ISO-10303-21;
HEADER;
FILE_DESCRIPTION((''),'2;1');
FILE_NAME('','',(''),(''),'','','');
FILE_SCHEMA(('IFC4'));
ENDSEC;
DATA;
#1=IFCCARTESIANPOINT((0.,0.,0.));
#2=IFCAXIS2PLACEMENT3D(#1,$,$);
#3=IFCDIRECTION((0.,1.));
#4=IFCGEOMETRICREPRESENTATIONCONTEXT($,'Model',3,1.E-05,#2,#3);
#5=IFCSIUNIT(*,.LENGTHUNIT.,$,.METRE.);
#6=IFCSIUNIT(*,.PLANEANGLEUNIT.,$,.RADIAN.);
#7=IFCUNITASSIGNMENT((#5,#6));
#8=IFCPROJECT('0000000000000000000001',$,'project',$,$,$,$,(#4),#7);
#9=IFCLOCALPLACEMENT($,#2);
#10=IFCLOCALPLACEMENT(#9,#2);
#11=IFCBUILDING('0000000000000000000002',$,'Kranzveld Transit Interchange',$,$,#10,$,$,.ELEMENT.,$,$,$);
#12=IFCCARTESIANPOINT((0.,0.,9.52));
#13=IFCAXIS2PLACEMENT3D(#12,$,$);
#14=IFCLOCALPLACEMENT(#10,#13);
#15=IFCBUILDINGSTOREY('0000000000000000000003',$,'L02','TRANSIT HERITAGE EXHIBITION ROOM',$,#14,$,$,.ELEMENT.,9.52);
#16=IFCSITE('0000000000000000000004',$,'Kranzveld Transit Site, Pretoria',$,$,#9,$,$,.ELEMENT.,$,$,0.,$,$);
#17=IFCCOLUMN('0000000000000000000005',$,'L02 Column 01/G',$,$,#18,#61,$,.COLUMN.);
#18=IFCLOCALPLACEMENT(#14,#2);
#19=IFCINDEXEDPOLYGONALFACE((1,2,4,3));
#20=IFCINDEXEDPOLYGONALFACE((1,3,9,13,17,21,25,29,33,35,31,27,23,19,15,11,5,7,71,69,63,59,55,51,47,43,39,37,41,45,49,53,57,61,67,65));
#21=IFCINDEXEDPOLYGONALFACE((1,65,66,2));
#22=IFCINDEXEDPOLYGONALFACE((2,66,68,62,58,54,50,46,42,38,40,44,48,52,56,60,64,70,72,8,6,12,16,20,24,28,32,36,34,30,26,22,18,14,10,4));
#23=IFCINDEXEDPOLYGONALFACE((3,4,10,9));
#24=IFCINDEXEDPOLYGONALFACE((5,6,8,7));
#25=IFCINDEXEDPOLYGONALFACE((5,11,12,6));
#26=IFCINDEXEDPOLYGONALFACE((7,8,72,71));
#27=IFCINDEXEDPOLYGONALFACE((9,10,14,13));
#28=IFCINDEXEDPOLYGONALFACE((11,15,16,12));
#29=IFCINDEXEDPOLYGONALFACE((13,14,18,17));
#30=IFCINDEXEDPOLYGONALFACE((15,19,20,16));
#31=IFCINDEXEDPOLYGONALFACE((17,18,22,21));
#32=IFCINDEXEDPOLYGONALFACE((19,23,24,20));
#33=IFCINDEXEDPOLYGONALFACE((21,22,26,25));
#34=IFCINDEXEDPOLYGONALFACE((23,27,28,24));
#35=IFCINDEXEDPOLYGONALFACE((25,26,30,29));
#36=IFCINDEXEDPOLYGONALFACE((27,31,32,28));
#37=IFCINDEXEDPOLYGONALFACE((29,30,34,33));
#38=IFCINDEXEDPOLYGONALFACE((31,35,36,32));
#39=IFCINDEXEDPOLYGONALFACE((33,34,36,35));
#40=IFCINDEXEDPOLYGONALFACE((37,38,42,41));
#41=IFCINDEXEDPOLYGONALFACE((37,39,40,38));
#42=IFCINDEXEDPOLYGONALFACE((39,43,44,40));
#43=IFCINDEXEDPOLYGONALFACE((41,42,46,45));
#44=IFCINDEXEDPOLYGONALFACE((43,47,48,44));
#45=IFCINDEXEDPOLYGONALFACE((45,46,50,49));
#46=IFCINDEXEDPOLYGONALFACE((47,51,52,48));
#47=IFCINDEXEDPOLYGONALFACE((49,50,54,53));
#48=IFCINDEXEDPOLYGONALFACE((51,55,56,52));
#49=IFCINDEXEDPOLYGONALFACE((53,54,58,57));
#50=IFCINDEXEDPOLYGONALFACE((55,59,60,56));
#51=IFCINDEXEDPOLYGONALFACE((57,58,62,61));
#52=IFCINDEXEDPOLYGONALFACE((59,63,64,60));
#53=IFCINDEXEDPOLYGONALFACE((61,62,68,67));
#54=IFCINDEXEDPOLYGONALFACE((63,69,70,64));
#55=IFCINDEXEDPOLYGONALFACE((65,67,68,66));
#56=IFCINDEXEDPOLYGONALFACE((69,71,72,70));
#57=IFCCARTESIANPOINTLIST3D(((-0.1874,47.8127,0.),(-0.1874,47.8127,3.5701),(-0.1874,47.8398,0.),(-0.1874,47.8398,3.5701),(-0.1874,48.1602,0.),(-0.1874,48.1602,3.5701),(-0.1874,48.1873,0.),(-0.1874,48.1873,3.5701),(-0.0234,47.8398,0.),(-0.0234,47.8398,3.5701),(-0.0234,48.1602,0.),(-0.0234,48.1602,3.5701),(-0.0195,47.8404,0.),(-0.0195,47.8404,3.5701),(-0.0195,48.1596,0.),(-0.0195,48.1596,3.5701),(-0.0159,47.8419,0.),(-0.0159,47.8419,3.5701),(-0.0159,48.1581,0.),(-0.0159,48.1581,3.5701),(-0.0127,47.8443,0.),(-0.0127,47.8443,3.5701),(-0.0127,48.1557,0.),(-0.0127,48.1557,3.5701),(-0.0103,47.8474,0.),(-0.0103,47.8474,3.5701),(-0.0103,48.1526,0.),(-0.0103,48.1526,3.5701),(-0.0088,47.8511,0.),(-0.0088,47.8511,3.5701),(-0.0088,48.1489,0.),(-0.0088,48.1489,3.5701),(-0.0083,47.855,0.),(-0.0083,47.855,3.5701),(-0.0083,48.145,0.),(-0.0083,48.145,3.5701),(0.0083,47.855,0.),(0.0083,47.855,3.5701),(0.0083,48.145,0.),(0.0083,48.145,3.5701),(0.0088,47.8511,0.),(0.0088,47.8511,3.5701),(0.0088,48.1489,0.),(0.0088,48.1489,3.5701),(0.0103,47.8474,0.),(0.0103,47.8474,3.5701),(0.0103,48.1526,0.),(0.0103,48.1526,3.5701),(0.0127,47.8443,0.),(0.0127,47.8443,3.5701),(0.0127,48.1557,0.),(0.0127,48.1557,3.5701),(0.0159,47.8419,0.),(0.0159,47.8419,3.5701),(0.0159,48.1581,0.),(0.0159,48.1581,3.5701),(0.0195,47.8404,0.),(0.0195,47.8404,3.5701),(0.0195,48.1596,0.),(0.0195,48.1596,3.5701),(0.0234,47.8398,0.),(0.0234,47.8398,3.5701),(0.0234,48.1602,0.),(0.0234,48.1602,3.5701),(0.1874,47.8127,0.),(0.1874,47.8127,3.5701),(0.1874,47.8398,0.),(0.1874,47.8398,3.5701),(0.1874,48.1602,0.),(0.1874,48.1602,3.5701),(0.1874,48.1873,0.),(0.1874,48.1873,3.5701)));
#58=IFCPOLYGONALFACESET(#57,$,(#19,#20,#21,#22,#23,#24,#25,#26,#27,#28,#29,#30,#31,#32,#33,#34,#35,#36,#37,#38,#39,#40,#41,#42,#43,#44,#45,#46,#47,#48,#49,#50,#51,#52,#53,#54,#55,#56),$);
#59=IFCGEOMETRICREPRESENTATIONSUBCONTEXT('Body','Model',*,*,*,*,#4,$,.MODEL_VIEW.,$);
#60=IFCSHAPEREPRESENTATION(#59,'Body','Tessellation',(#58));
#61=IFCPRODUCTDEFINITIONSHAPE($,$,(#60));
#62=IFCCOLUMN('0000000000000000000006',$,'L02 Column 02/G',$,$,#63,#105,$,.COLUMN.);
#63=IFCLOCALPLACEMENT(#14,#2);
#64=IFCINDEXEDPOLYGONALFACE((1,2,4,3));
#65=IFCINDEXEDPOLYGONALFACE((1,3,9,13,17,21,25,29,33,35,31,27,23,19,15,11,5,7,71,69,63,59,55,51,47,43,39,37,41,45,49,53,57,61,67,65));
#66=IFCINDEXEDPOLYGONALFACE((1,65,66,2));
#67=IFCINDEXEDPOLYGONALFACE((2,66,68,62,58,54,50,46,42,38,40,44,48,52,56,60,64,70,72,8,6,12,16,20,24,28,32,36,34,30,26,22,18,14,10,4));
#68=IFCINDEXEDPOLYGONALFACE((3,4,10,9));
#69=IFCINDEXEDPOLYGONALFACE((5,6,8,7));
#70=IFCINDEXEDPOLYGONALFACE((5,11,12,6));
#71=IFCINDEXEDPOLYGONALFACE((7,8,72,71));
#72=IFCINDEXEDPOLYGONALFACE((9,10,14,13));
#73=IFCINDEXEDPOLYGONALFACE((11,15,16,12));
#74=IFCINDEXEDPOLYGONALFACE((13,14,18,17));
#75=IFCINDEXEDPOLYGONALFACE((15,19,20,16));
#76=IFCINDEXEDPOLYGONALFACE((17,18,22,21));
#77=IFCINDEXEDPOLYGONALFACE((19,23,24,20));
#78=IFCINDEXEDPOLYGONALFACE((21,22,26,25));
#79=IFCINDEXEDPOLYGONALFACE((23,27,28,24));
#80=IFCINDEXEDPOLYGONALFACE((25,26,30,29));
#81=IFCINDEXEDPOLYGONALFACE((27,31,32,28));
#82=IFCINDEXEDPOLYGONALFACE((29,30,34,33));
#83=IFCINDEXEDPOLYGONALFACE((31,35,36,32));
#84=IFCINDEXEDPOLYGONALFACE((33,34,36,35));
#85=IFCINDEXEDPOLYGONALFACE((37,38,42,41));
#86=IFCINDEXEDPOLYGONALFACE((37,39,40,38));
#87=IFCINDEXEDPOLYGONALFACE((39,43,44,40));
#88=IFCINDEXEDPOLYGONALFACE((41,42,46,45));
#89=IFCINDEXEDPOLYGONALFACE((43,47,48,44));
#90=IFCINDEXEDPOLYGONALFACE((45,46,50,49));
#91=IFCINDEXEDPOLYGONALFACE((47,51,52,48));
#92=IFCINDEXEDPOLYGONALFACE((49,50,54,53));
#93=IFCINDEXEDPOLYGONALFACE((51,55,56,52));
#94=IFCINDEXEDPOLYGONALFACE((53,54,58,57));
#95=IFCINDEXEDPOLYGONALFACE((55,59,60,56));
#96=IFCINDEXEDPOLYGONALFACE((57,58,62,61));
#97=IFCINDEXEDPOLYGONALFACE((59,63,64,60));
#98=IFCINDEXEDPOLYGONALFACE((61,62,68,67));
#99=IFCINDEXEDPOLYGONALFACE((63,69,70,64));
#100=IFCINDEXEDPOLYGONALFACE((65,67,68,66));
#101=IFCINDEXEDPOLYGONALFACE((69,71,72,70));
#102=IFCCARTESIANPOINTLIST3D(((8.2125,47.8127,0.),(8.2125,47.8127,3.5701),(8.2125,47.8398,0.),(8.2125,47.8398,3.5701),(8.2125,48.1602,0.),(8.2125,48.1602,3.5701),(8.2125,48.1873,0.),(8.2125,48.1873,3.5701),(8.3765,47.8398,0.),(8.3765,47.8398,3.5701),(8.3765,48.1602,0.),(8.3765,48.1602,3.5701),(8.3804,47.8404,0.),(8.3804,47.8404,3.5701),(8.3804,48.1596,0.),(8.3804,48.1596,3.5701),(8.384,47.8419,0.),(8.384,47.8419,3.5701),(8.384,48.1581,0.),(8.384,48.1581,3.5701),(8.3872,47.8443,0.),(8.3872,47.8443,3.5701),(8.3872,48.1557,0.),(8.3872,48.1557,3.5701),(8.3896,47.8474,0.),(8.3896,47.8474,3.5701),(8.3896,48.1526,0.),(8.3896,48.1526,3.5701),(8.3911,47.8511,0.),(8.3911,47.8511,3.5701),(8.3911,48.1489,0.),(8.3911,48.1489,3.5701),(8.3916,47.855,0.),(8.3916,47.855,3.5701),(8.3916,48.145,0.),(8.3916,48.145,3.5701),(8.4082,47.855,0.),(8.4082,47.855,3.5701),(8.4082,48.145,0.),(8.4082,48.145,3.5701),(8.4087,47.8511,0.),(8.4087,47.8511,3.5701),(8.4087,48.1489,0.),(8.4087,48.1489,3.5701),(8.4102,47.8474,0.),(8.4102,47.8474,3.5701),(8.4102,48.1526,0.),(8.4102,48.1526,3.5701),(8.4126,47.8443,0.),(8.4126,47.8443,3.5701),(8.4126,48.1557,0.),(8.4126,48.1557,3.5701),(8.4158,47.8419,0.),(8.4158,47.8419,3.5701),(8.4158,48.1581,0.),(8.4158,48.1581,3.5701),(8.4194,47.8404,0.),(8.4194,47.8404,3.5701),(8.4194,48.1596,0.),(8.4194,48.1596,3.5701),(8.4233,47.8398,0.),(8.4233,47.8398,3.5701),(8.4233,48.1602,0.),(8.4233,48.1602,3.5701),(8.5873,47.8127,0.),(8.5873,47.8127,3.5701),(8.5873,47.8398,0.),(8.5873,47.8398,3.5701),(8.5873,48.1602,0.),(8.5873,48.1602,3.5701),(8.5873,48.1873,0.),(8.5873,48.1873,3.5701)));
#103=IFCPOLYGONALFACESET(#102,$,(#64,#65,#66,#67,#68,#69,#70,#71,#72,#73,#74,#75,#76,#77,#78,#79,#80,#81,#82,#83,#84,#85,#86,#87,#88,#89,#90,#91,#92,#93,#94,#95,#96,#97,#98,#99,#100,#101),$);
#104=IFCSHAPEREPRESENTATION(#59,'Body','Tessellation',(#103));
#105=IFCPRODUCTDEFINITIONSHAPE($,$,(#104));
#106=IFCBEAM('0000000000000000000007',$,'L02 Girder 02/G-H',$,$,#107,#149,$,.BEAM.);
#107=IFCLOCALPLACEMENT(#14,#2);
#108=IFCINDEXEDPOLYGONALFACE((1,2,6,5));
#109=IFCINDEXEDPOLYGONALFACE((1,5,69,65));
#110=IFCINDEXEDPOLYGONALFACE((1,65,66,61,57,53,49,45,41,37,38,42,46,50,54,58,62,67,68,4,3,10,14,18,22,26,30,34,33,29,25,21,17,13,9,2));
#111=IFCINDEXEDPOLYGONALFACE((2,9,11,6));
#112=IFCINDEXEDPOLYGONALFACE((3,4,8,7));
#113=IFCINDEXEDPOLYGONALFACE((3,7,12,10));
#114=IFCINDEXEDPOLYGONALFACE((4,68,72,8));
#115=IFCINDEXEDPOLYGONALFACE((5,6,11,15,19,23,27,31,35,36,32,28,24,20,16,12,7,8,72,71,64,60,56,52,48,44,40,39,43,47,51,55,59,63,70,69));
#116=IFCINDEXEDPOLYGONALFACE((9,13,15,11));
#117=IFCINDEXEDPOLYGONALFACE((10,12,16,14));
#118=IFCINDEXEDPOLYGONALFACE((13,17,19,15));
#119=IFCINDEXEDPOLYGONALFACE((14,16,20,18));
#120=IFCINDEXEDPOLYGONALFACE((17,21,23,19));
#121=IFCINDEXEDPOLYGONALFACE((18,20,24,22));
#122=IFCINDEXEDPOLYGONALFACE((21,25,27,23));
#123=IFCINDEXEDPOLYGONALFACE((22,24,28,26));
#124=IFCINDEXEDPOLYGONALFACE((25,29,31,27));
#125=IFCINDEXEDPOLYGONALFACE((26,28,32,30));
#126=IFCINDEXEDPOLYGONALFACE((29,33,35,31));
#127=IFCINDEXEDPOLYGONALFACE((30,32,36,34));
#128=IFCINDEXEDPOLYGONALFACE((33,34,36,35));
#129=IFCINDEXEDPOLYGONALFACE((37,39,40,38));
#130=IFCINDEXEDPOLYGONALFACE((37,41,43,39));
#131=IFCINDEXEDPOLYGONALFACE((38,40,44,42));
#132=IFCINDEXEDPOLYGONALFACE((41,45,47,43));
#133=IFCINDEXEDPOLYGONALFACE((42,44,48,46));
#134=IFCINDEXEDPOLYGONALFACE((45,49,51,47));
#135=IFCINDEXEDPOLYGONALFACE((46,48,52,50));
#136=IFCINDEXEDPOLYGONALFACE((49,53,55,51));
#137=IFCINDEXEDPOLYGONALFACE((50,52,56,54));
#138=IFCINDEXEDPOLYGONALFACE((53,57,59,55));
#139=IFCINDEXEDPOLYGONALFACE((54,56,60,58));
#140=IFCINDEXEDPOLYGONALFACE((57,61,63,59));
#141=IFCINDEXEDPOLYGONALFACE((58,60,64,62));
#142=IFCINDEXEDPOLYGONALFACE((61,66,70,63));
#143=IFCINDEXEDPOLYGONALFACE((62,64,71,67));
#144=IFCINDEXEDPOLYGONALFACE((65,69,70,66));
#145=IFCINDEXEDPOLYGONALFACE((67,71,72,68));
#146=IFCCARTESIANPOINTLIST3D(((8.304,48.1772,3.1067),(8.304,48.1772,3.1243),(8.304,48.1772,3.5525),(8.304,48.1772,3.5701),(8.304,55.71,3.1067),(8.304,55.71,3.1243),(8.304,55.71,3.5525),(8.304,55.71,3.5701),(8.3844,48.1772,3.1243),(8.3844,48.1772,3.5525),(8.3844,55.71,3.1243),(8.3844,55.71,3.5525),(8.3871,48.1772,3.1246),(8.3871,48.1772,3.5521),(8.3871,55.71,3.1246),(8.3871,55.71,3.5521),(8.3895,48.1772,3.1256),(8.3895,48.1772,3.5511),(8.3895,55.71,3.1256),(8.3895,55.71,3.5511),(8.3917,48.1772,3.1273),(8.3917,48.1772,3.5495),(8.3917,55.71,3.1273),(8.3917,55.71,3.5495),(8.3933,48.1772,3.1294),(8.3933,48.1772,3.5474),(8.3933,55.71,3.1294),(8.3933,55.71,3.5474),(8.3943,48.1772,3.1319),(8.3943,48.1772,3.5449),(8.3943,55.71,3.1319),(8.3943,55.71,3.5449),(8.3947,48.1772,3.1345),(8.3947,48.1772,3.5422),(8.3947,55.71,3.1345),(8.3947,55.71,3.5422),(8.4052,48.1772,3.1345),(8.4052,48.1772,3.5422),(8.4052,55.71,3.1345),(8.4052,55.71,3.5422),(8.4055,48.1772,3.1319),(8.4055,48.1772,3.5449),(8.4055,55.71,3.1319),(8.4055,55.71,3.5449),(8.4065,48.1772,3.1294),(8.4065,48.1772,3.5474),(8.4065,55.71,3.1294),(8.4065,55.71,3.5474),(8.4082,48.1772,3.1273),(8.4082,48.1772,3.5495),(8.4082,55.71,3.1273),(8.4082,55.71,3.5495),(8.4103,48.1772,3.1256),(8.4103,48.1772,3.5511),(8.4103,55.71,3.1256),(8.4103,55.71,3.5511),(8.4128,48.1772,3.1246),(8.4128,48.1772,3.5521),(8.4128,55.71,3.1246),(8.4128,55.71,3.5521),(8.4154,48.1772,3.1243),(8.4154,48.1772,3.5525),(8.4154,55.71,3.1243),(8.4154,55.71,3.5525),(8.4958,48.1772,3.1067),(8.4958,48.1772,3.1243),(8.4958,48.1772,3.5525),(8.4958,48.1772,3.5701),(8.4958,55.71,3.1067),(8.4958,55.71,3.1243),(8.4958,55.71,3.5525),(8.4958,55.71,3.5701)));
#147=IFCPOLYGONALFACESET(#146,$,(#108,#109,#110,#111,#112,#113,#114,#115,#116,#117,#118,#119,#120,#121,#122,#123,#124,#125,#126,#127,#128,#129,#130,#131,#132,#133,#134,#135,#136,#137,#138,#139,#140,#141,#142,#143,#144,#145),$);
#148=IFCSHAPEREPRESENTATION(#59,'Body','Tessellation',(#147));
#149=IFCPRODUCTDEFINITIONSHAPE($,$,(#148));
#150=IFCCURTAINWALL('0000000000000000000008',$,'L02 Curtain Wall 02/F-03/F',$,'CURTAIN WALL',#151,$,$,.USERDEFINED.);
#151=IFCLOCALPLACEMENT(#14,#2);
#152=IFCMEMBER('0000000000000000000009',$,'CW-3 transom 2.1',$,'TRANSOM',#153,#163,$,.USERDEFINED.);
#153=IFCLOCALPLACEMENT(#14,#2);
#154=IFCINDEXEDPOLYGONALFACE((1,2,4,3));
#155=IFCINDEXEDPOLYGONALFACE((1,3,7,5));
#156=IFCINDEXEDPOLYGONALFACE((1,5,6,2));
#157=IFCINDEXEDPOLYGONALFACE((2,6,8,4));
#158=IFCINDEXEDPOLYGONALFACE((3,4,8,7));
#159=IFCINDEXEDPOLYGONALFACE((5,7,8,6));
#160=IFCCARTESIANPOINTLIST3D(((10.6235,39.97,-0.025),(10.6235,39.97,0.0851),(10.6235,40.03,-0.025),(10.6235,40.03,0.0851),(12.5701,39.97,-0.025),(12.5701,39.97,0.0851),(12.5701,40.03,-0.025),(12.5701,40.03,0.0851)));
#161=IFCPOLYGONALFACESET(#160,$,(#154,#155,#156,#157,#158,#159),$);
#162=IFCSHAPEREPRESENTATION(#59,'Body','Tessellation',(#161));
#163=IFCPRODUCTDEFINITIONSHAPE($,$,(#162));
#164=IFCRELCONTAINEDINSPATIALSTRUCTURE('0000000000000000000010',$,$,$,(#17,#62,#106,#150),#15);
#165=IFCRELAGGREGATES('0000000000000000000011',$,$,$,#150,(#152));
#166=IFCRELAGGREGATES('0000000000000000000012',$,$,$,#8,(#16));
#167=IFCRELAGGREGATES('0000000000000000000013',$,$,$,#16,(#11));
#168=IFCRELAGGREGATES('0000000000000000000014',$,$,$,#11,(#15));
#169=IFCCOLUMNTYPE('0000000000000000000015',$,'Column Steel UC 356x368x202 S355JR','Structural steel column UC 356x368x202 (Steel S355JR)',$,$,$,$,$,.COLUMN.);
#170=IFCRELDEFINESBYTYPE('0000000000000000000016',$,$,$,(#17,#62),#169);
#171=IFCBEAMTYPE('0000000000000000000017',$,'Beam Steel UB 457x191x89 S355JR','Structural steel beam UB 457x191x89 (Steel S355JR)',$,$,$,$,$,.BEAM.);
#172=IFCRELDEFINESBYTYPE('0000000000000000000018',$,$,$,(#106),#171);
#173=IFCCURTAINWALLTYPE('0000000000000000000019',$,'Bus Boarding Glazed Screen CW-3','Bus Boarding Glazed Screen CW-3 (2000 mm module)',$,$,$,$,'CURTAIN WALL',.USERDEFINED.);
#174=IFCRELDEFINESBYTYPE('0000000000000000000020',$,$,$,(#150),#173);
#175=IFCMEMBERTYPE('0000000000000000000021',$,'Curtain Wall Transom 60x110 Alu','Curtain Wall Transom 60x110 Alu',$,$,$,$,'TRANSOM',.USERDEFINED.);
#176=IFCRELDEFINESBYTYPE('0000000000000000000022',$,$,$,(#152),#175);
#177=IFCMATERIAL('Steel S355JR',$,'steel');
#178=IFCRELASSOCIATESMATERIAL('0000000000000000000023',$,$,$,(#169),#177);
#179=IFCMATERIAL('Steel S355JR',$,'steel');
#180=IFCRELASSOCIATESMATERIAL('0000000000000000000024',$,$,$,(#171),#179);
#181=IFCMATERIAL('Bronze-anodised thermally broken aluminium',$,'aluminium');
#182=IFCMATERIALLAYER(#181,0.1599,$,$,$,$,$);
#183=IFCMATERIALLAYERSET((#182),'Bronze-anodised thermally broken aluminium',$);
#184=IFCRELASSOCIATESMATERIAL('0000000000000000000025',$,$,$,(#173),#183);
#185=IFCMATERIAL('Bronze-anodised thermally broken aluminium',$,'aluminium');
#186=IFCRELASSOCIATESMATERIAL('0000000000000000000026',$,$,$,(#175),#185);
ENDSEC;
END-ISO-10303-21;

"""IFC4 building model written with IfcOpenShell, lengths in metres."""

from ifc_helpers import new_model, si_unit, direction, frame, origin, origin_2d, place, context, subcontext, project, spatial, rectangle, i_section, extrude, material, layer, layer_set, material_profile, profile_set, type_object, element, aggregate, save


model = new_model("IFC4")

# Units and contexts
model_context = context("Model", 3, precision=1e-05, world=origin(), true_north=direction((0.0, 1.0)))
body_context = subcontext(model_context, "Body", "Model", "MODEL_VIEW")
ifc_project = project(units=[si_unit("LENGTHUNIT", "METRE"), si_unit("PLANEANGLEUNIT", "RADIAN")], contexts=[model_context])

# Site, building, storey
site_placement = place(None, origin())
site = spatial("IfcSite", under=ifc_project, at=site_placement, Name="Kranzveld Transit Site, Pretoria", CompositionType="ELEMENT", RefElevation=0.0)
building_placement = place(site_placement, origin())
building = spatial("IfcBuilding", under=site, at=building_placement, Name="Kranzveld Transit Interchange", CompositionType="ELEMENT")
storey_placement = place(building_placement, frame((0.0, 0.0, 9.52)))
storey = spatial("IfcBuildingStorey", under=building, at=storey_placement, Name="L02", Description="TRANSIT HERITAGE EXHIBITION ROOM", CompositionType="ELEMENT", Elevation=9.52)

# Columns
ifc_material_1 = material(Name="Steel S355JR", Category="steel")
ifc_material_profile_1 = material_profile(ifc_material_1, i_section(OverallWidth=0.3748, OverallDepth=0.3745, WebThickness=0.0166, FlangeThickness=0.0271, FilletRadius=0.0151, at=origin_2d()), Name="UC 356x368x202")
ifc_profile_set_1 = profile_set([ifc_material_profile_1], Name="Steel S355JR")
column_type = type_object("IfcColumnType", Name="Column Steel UC 356x368x202 S355JR", Description="Structural steel column UC 356x368x202 (Steel S355JR)", PredefinedType="COLUMN", material=ifc_profile_set_1)
for number, where, z_axis, x_axis, name in (
    (1, (0.0, 48.0, 0.0), (0.0, 0.0, 1.0), (1.0, 0.0, 0.0), "L02 Column 01/G"),
    (2, (8.3999, 48.0, 0.0), (0.0, 0.0, 1.0), (1.0, 0.0, 0.0), "L02 Column 02/G"),
):
    element("IfcColumn", number, at=place(storey_placement, frame(where, z_axis=z_axis, x_axis=x_axis)), inside=storey, type_object=column_type, Name=name, PredefinedType="COLUMN", context=body_context, shape_type="SweptSolid", body=[
        extrude(i_section(OverallWidth=0.3748, OverallDepth=0.3745, WebThickness=0.0166, FlangeThickness=0.0271, FilletRadius=0.0151, at=origin_2d()), origin(), (0.0, 0.0, 1.0), 3.5701),
    ])

# Beam
ifc_material_2 = material(Name="Steel S355JR", Category="steel")
ifc_material_profile_2 = material_profile(ifc_material_2, i_section(OverallWidth=0.1919, OverallDepth=0.4634, WebThickness=0.0105, FlangeThickness=0.0176, FilletRadius=0.0103, at=origin_2d()), Name="UB 457x191x89")
ifc_profile_set_2 = profile_set([ifc_material_profile_2], Name="Steel S355JR")
beam_type_1 = type_object("IfcBeamType", Name="Beam Steel UB 457x191x89 S355JR", Description="Structural steel beam UB 457x191x89 (Steel S355JR)", PredefinedType="BEAM", material=ifc_profile_set_2)
beam_1_placement = place(storey_placement, frame((8.3999, 48.1772, 3.3384), z_axis=(0.0, 1.0, 0.0), x_axis=(-1.0, 0.0, 0.0)))
element("IfcBeam", 3, at=beam_1_placement, inside=storey, type_object=beam_type_1, Name="L02 Girder 02/G-H", PredefinedType="BEAM", context=body_context, shape_type="SweptSolid", body=[
    extrude(i_section(OverallWidth=0.1919, OverallDepth=0.4634, WebThickness=0.0105, FlangeThickness=0.0176, FilletRadius=0.0103, at=origin_2d()), origin(), (0.0, 0.0, 1.0), 7.5327),
])

# Curtain wall, member
ifc_material_3 = material(Name="Bronze-anodised thermally broken aluminium", Category="aluminium")
ifc_layer_1 = layer(ifc_material_3, 0.1599)
ifc_layer_set_1 = layer_set([ifc_layer_1], Name="Bronze-anodised thermally broken aluminium")
curtain_wall_type = type_object("IfcCurtainWallType", Name="Bus Boarding Glazed Screen CW-3", Description="Bus Boarding Glazed Screen CW-3 (2000 mm module)", ElementType="CURTAIN WALL", PredefinedType="USERDEFINED", material=ifc_layer_set_1)
curtain_wall_placement = place(storey_placement, origin())
curtain_wall = element("IfcCurtainWall", 4, at=curtain_wall_placement, inside=storey, type_object=curtain_wall_type, Name="L02 Curtain Wall 02/F-03/F", ObjectType="CURTAIN WALL", PredefinedType="USERDEFINED")
ifc_material_4 = material(Name="Bronze-anodised thermally broken aluminium", Category="aluminium")
ifc_material_profile_3 = material_profile(ifc_material_4, rectangle(XDim=0.0601, YDim=0.1101, at=origin_2d()), Name="ALU TRANSOM 60x110")
ifc_profile_set_3 = profile_set([ifc_material_profile_3], Name="Bronze-anodised thermally broken aluminium")
member_type = type_object("IfcMemberType", Name="Curtain Wall Transom 60x110 Alu", Description="Curtain Wall Transom 60x110 Alu", ElementType="TRANSOM", PredefinedType="USERDEFINED", material=ifc_profile_set_3)
member_placement = place(storey_placement, frame((10.6235, 40.0, 0.03), z_axis=(1.0, 0.0, 0.0), x_axis=(0.0, 1.0, 0.0)))
member = element("IfcMember", 5, at=member_placement, type_object=member_type, Name="CW-3 transom 2.1", ObjectType="TRANSOM", PredefinedType="USERDEFINED", context=body_context, shape_type="SweptSolid", body=[
    extrude(rectangle(XDim=0.0601, YDim=0.1101, at=origin_2d()), origin(), (0.0, 0.0, 1.0), 1.9465),
])
aggregate(curtain_wall, [member])

save(model, "model.ifc")
